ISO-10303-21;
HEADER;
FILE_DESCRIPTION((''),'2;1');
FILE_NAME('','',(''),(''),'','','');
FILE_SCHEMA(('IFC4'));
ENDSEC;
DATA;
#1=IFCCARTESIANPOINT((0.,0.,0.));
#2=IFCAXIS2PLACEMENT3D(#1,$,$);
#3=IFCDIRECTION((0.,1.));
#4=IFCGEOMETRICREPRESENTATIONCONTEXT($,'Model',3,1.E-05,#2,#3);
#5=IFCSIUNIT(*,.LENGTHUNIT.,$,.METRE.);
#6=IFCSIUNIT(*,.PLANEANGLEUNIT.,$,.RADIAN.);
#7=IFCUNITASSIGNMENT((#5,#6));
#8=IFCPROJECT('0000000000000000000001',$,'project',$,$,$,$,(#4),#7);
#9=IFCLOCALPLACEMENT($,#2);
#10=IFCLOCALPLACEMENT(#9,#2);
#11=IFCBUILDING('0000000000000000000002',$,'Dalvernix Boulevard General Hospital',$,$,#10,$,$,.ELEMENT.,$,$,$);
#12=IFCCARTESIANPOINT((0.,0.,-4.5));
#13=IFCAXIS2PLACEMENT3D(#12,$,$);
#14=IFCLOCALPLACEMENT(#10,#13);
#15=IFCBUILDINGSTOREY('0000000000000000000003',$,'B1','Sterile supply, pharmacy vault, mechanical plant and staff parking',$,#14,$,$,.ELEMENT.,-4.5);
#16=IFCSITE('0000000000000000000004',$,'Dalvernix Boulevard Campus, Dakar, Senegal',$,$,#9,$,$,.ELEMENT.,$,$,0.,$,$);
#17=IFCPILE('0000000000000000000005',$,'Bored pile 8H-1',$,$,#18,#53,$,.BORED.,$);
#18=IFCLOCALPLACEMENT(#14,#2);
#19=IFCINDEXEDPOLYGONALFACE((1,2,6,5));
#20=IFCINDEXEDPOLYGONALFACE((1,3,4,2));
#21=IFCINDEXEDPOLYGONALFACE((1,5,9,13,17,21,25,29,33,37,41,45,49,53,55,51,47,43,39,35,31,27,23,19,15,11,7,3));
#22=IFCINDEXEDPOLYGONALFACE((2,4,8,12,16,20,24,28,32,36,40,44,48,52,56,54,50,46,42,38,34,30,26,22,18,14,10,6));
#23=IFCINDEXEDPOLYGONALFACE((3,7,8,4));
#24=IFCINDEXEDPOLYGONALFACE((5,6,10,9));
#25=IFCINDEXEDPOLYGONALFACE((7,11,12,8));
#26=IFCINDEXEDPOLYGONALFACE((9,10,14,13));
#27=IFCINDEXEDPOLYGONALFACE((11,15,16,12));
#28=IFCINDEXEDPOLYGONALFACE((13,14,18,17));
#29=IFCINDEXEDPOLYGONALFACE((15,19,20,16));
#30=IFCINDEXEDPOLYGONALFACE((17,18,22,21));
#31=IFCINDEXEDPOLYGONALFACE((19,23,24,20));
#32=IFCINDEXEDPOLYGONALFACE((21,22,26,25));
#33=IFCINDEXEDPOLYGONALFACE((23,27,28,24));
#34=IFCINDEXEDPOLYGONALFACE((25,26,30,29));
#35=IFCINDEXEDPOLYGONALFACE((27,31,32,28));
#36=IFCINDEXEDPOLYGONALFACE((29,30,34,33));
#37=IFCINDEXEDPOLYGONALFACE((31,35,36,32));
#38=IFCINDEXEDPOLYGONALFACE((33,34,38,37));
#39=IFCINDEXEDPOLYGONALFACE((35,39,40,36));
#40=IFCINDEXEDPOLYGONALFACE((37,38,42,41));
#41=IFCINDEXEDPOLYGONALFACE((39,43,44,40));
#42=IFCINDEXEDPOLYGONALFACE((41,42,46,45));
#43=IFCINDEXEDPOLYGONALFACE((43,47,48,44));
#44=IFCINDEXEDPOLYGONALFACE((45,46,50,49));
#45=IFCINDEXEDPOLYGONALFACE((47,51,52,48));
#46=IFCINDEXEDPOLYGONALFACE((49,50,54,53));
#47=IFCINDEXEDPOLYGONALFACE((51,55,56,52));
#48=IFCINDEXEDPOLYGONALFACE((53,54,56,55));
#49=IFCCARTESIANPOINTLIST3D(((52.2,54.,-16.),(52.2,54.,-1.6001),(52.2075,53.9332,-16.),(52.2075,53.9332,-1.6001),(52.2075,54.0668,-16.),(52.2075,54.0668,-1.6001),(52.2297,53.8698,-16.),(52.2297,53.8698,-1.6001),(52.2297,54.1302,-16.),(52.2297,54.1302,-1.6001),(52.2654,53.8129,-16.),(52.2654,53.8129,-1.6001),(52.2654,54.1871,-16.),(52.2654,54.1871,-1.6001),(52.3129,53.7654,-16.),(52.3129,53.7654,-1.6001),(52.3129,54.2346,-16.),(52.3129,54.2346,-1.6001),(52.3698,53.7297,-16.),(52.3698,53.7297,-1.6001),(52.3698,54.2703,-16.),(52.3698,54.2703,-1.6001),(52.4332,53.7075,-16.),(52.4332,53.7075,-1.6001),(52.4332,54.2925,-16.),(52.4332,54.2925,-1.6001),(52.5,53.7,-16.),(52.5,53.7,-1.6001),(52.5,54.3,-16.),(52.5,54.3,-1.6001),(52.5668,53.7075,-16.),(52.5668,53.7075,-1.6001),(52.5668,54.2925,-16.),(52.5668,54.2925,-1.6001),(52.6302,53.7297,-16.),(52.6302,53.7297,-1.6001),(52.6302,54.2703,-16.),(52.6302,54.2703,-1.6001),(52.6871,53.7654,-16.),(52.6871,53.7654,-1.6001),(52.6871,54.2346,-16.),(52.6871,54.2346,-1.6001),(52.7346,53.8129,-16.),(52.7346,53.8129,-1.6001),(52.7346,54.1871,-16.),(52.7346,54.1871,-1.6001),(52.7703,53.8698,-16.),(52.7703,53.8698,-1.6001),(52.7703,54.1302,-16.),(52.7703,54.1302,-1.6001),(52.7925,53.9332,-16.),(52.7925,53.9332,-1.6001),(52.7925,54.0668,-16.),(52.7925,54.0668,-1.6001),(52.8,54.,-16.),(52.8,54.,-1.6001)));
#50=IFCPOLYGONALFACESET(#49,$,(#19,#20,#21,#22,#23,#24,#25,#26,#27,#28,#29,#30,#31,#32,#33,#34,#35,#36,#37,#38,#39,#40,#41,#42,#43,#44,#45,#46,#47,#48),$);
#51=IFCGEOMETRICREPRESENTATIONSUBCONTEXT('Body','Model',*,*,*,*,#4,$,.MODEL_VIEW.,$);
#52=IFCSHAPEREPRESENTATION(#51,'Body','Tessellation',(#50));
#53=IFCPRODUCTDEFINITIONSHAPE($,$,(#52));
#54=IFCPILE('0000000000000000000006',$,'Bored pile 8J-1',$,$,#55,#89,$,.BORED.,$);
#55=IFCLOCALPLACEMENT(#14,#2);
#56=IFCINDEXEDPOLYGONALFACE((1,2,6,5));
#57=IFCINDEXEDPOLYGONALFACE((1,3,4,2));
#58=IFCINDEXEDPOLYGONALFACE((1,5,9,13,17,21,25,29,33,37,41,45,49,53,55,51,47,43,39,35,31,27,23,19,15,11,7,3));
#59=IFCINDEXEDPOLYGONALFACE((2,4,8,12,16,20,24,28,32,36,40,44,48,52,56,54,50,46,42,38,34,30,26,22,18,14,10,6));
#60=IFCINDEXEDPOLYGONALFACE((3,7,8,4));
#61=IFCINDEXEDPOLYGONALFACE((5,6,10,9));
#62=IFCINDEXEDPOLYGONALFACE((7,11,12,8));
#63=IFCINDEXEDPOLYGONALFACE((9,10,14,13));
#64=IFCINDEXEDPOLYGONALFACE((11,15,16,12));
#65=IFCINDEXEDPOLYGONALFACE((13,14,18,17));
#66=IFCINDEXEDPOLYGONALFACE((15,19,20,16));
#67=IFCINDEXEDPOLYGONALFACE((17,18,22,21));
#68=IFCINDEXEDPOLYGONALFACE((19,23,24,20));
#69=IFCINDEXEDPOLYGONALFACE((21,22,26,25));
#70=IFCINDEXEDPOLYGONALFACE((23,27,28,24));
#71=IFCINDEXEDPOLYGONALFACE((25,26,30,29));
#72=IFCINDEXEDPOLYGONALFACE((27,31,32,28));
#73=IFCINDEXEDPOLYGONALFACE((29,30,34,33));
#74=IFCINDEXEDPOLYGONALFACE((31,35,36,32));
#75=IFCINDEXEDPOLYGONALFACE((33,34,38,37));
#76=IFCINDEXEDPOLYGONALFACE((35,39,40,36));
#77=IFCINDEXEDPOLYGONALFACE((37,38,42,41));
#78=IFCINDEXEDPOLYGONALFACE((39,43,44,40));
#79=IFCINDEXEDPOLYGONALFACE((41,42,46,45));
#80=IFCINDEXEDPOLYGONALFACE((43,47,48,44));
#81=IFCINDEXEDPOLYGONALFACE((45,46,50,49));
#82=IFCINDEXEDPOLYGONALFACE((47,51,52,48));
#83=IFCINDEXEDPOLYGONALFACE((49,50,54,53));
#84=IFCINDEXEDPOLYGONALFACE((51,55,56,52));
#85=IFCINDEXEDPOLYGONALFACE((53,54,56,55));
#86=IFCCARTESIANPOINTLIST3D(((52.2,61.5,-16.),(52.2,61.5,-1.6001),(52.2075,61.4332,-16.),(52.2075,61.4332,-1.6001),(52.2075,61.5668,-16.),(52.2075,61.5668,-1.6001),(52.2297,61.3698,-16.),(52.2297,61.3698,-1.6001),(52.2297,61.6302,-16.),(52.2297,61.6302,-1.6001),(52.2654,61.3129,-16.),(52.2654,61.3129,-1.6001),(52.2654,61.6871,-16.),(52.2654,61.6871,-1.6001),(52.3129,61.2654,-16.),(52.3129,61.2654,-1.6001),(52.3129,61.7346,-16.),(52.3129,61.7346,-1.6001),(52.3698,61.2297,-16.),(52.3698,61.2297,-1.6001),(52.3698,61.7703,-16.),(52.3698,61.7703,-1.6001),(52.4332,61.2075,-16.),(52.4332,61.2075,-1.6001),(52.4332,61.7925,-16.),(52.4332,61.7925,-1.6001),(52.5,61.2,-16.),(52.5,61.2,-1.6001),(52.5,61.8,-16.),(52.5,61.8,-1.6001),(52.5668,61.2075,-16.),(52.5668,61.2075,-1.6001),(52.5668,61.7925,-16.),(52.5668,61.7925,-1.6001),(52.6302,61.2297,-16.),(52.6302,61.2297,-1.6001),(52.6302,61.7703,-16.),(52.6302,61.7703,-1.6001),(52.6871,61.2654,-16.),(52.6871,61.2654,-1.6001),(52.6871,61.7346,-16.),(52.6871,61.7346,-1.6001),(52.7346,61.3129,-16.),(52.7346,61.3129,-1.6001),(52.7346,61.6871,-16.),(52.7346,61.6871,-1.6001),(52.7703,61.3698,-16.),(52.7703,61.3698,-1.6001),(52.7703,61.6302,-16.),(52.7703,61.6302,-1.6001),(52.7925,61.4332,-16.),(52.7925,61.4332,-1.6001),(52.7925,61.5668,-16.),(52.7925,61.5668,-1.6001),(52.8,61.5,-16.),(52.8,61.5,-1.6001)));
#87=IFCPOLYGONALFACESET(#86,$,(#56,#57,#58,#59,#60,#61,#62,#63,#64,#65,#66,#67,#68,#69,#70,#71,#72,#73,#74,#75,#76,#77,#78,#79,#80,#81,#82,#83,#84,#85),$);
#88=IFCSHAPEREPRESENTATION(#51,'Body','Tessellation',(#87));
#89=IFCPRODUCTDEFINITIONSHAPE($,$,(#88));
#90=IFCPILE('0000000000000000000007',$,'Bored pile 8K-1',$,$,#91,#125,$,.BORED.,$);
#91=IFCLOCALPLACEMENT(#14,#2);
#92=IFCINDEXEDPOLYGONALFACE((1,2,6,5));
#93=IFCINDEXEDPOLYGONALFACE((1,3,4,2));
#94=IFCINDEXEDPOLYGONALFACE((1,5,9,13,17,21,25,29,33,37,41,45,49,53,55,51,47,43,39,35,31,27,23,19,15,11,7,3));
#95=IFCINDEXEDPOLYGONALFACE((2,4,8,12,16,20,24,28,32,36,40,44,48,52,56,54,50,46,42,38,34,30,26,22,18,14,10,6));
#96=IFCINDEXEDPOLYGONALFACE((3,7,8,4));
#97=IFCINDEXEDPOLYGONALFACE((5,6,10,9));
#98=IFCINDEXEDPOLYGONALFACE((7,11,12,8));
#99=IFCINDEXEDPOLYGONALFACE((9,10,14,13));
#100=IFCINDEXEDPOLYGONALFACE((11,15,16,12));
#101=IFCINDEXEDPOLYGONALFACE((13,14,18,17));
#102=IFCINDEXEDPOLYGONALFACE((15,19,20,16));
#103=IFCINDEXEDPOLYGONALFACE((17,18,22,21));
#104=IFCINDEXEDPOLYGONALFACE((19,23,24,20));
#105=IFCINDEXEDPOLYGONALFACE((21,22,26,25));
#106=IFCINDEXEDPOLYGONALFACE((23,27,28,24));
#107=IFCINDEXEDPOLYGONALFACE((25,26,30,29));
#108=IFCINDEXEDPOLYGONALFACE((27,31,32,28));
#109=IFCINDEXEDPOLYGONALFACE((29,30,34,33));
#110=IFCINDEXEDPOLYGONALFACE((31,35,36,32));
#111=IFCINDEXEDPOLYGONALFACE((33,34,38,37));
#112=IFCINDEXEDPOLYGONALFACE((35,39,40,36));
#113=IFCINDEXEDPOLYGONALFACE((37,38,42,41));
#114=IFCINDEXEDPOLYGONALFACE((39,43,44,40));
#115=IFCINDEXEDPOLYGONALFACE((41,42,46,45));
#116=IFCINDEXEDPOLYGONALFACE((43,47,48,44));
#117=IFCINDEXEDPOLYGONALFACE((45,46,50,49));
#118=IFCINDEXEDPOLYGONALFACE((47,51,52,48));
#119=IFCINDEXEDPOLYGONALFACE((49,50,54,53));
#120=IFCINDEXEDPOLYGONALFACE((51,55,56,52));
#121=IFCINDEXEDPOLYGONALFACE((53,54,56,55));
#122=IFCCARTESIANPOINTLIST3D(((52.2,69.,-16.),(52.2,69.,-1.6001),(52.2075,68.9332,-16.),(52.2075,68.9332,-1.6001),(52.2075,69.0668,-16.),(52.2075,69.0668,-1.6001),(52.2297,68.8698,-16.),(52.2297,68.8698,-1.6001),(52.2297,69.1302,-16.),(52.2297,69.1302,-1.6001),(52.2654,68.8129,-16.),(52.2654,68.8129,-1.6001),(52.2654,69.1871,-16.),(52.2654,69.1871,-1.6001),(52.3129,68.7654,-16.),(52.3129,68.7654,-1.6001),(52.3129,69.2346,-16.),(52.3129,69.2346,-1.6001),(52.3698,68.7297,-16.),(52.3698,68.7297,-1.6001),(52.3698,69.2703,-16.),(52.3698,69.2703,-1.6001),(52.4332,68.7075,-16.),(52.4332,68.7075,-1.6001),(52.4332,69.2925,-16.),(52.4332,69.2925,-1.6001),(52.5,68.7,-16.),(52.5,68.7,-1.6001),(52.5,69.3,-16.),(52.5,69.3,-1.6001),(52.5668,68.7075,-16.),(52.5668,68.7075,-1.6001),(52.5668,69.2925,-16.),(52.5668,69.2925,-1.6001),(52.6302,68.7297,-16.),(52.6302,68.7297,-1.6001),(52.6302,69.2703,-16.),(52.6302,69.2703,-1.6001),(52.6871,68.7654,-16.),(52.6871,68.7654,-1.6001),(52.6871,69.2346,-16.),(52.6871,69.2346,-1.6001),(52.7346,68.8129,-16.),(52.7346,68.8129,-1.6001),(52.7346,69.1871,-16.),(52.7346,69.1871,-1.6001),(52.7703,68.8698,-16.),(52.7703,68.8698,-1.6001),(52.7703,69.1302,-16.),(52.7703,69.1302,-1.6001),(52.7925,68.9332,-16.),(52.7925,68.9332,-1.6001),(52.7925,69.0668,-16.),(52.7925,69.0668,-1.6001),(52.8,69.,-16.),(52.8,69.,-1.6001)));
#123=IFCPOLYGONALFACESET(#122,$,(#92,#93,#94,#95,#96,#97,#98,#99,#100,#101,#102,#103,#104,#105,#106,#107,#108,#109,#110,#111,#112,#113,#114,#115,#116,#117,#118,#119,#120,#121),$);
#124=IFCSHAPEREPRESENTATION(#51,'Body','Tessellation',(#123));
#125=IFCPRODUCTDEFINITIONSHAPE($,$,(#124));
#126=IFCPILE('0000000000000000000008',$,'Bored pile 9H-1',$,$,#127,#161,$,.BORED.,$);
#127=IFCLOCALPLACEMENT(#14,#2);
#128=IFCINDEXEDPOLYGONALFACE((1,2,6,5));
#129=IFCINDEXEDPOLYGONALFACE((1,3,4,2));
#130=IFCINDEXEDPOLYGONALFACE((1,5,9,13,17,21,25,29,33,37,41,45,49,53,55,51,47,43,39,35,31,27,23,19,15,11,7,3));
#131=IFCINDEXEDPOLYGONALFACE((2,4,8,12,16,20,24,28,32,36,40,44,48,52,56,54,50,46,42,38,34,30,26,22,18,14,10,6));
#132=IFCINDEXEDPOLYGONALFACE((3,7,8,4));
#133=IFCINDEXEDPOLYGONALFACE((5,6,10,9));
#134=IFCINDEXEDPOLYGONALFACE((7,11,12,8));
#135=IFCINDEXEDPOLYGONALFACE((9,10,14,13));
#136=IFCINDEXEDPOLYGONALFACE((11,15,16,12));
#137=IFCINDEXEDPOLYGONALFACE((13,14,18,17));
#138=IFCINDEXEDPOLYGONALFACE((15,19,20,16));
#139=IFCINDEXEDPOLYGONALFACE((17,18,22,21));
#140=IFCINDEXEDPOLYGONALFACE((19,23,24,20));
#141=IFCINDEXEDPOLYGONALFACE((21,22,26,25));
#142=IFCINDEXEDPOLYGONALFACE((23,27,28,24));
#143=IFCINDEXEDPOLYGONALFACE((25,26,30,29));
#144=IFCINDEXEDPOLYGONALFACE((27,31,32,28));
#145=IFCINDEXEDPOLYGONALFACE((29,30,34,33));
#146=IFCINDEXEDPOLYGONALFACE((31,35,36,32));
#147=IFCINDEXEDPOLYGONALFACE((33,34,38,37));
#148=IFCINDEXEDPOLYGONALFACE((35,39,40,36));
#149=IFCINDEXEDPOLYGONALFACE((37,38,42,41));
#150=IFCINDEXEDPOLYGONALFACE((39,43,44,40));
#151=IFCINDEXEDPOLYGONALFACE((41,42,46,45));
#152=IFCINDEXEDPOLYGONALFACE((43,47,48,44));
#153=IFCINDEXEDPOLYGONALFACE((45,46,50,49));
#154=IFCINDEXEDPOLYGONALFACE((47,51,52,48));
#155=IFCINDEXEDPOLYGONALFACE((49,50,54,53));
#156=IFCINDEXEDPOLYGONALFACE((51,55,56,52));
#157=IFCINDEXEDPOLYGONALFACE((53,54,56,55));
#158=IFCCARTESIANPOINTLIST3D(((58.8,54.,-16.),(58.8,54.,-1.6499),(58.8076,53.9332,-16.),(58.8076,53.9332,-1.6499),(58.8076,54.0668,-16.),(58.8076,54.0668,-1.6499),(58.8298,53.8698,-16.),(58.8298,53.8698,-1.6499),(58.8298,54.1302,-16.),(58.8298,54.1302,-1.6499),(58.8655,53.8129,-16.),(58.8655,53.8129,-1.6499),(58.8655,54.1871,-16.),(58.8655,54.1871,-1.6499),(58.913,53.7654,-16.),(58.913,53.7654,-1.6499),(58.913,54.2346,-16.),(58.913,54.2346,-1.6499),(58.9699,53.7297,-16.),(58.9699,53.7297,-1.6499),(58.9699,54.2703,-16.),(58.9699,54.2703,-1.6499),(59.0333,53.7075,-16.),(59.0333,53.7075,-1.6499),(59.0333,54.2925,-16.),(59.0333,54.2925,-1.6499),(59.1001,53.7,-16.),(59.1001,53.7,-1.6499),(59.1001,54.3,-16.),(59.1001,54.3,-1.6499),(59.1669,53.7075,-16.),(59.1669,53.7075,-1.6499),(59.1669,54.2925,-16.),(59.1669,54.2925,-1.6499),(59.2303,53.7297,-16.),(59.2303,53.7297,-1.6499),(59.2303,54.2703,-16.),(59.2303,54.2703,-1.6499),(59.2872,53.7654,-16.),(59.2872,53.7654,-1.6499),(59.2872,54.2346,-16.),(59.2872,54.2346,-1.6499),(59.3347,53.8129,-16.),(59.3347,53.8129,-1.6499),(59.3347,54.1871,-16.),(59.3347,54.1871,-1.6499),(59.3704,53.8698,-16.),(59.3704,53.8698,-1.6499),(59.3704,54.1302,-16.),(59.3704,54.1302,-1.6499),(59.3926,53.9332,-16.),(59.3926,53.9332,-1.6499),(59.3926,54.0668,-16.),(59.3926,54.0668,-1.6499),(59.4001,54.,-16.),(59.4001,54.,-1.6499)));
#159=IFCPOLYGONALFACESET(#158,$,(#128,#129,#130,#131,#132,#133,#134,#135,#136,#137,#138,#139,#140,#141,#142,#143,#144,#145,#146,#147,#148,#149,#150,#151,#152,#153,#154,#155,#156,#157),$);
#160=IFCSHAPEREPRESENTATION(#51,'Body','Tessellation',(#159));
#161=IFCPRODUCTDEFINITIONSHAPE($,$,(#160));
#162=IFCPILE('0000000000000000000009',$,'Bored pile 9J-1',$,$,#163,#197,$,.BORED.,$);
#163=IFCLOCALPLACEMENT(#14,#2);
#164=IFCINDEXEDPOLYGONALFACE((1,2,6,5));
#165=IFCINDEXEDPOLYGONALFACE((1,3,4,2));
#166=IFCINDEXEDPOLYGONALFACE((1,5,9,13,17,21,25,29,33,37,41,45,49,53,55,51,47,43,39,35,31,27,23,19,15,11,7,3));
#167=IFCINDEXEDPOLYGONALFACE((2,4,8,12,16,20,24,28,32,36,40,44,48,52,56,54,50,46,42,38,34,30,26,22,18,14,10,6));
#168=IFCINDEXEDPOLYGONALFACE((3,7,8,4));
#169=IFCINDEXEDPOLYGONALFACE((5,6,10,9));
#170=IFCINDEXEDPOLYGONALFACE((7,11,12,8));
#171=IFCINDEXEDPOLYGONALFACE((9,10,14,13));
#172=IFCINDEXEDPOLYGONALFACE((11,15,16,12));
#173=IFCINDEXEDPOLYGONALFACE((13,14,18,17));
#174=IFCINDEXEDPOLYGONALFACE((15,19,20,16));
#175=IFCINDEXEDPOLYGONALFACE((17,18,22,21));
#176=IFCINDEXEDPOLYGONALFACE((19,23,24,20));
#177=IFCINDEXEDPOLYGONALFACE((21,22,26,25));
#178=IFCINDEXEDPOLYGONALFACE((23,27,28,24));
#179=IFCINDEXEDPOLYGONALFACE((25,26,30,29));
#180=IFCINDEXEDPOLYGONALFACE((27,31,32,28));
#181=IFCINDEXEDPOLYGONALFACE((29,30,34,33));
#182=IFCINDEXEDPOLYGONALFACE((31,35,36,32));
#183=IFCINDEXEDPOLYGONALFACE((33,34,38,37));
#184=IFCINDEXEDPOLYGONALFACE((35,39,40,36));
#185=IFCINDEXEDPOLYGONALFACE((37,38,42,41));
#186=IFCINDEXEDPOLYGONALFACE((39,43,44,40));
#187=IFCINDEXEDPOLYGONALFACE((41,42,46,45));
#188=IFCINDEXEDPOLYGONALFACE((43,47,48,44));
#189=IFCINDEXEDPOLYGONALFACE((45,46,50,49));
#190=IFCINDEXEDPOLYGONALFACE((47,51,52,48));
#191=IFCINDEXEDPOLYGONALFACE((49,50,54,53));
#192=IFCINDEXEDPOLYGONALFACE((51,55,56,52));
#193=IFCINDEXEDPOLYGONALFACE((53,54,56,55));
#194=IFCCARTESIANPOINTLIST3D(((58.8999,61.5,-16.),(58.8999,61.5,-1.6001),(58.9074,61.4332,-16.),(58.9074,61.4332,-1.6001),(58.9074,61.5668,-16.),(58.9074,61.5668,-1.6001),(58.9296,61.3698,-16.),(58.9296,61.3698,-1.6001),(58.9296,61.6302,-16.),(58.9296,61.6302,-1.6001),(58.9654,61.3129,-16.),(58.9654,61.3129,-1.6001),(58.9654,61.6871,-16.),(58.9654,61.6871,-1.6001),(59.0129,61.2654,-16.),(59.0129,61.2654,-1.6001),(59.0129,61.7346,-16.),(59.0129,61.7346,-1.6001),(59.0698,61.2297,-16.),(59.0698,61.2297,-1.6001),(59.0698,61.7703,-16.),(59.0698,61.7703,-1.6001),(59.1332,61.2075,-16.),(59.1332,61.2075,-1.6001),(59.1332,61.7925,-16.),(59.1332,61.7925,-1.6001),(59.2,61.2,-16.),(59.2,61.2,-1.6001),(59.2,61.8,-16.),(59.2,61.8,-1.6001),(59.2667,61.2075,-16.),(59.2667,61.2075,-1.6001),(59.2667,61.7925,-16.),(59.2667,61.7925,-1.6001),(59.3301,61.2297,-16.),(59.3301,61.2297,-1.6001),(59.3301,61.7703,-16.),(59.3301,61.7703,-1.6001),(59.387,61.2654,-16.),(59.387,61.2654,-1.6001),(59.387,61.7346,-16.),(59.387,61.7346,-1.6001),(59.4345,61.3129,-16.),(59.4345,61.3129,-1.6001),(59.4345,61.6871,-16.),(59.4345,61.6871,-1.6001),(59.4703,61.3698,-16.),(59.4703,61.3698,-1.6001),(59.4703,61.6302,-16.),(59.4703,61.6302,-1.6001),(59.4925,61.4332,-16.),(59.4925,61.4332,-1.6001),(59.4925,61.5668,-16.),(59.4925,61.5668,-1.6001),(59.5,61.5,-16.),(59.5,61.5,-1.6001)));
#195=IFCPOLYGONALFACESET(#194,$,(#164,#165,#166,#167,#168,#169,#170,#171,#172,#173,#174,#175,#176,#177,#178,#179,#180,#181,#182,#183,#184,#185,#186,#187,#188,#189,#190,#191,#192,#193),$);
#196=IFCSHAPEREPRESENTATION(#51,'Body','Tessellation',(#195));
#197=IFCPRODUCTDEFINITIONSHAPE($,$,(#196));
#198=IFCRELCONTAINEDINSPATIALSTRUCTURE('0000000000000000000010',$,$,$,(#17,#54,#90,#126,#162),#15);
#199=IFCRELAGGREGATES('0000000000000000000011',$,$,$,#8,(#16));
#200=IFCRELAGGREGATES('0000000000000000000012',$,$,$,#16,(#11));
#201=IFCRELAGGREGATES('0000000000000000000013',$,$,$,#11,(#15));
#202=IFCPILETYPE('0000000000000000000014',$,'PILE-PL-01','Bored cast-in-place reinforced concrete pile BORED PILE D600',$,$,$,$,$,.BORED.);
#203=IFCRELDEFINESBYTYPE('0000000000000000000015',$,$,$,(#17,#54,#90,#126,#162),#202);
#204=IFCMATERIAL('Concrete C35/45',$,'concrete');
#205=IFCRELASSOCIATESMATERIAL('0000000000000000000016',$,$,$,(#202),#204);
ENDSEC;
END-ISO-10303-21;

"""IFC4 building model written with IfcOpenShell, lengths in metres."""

from ifc_helpers import new_model, si_unit, direction, frame, origin, origin_2d, place, context, subcontext, project, spatial, circle, extrude, material, material_profile, profile_set, type_object, element, save


model = new_model("IFC4")

# Units and contexts
model_context = context("Model", 3, precision=1e-05, world=origin(), true_north=direction((0.0, 1.0)))
body_context = subcontext(model_context, "Body", "Model", "MODEL_VIEW")
ifc_project = project(units=[si_unit("LENGTHUNIT", "METRE"), si_unit("PLANEANGLEUNIT", "RADIAN")], contexts=[model_context])

# Site, building, storey
site_placement = place(None, origin())
site = spatial("IfcSite", under=ifc_project, at=site_placement, Name="Dalvernix Boulevard Campus, Dakar, Senegal", CompositionType="ELEMENT", RefElevation=0.0)
building_placement = place(site_placement, origin())
building = spatial("IfcBuilding", under=site, at=building_placement, Name="Dalvernix Boulevard General Hospital", CompositionType="ELEMENT")
storey_placement = place(building_placement, frame((0.0, 0.0, -4.5)))
storey = spatial("IfcBuildingStorey", under=building, at=storey_placement, Name="B1", Description="Sterile supply, pharmacy vault, mechanical plant and staff parking", CompositionType="ELEMENT", Elevation=-4.5)

# Shared definitions
ifc_material_1 = material(Name="Concrete C35/45", Category="concrete")

# Piles
ifc_material_profile_1 = material_profile(ifc_material_1, circle(Radius=0.3, at=origin_2d()), Name="BORED PILE D600")
ifc_profile_set_1 = profile_set([ifc_material_profile_1], Name="Concrete C35/45")
pile_type = type_object("IfcPileType", Name="PILE-PL-01", Description="Bored cast-in-place reinforced concrete pile BORED PILE D600", PredefinedType="BORED", material=ifc_profile_set_1)
for number, where, z_axis, x_axis, name in (
    (1, (52.5, 54.0, -1.6001), (0.0, 0.0, -1.0), (1.0, 0.0, 0.0), "Bored pile 8H-1"),
    (2, (52.5, 61.5, -1.6001), (0.0, 0.0, -1.0), (1.0, 0.0, 0.0), "Bored pile 8J-1"),
    (3, (52.5, 69.0, -1.6001), (0.0, 0.0, -1.0), (1.0, 0.0, 0.0), "Bored pile 8K-1"),
):
    element("IfcPile", number, at=place(storey_placement, frame(where, z_axis=z_axis, x_axis=x_axis)), inside=storey, type_object=pile_type, Name=name, PredefinedType="BORED", context=body_context, shape_type="SweptSolid", body=[
        extrude(circle(Radius=0.3, at=origin_2d()), origin(), (0.0, 0.0, 1.0), 14.3999),
    ])
pile_1_placement = place(storey_placement, frame((59.1001, 54.0, -1.6499), z_axis=(0.0, 0.0, -1.0), x_axis=(1.0, 0.0, 0.0)))
element("IfcPile", 4, at=pile_1_placement, inside=storey, type_object=pile_type, Name="Bored pile 9H-1", PredefinedType="BORED", context=body_context, shape_type="SweptSolid", body=[
    extrude(circle(Radius=0.3, at=origin_2d()), origin(), (0.0, 0.0, 1.0), 14.3501),
])
pile_2_placement = place(storey_placement, frame((59.2, 61.5, -1.6001), z_axis=(0.0, 0.0, -1.0), x_axis=(1.0, 0.0, 0.0)))
element("IfcPile", 5, at=pile_2_placement, inside=storey, type_object=pile_type, Name="Bored pile 9J-1", PredefinedType="BORED", context=body_context, shape_type="SweptSolid", body=[
    extrude(circle(Radius=0.3, at=origin_2d()), origin(), (0.0, 0.0, 1.0), 14.3999),
])

save(model, "model.ifc")
